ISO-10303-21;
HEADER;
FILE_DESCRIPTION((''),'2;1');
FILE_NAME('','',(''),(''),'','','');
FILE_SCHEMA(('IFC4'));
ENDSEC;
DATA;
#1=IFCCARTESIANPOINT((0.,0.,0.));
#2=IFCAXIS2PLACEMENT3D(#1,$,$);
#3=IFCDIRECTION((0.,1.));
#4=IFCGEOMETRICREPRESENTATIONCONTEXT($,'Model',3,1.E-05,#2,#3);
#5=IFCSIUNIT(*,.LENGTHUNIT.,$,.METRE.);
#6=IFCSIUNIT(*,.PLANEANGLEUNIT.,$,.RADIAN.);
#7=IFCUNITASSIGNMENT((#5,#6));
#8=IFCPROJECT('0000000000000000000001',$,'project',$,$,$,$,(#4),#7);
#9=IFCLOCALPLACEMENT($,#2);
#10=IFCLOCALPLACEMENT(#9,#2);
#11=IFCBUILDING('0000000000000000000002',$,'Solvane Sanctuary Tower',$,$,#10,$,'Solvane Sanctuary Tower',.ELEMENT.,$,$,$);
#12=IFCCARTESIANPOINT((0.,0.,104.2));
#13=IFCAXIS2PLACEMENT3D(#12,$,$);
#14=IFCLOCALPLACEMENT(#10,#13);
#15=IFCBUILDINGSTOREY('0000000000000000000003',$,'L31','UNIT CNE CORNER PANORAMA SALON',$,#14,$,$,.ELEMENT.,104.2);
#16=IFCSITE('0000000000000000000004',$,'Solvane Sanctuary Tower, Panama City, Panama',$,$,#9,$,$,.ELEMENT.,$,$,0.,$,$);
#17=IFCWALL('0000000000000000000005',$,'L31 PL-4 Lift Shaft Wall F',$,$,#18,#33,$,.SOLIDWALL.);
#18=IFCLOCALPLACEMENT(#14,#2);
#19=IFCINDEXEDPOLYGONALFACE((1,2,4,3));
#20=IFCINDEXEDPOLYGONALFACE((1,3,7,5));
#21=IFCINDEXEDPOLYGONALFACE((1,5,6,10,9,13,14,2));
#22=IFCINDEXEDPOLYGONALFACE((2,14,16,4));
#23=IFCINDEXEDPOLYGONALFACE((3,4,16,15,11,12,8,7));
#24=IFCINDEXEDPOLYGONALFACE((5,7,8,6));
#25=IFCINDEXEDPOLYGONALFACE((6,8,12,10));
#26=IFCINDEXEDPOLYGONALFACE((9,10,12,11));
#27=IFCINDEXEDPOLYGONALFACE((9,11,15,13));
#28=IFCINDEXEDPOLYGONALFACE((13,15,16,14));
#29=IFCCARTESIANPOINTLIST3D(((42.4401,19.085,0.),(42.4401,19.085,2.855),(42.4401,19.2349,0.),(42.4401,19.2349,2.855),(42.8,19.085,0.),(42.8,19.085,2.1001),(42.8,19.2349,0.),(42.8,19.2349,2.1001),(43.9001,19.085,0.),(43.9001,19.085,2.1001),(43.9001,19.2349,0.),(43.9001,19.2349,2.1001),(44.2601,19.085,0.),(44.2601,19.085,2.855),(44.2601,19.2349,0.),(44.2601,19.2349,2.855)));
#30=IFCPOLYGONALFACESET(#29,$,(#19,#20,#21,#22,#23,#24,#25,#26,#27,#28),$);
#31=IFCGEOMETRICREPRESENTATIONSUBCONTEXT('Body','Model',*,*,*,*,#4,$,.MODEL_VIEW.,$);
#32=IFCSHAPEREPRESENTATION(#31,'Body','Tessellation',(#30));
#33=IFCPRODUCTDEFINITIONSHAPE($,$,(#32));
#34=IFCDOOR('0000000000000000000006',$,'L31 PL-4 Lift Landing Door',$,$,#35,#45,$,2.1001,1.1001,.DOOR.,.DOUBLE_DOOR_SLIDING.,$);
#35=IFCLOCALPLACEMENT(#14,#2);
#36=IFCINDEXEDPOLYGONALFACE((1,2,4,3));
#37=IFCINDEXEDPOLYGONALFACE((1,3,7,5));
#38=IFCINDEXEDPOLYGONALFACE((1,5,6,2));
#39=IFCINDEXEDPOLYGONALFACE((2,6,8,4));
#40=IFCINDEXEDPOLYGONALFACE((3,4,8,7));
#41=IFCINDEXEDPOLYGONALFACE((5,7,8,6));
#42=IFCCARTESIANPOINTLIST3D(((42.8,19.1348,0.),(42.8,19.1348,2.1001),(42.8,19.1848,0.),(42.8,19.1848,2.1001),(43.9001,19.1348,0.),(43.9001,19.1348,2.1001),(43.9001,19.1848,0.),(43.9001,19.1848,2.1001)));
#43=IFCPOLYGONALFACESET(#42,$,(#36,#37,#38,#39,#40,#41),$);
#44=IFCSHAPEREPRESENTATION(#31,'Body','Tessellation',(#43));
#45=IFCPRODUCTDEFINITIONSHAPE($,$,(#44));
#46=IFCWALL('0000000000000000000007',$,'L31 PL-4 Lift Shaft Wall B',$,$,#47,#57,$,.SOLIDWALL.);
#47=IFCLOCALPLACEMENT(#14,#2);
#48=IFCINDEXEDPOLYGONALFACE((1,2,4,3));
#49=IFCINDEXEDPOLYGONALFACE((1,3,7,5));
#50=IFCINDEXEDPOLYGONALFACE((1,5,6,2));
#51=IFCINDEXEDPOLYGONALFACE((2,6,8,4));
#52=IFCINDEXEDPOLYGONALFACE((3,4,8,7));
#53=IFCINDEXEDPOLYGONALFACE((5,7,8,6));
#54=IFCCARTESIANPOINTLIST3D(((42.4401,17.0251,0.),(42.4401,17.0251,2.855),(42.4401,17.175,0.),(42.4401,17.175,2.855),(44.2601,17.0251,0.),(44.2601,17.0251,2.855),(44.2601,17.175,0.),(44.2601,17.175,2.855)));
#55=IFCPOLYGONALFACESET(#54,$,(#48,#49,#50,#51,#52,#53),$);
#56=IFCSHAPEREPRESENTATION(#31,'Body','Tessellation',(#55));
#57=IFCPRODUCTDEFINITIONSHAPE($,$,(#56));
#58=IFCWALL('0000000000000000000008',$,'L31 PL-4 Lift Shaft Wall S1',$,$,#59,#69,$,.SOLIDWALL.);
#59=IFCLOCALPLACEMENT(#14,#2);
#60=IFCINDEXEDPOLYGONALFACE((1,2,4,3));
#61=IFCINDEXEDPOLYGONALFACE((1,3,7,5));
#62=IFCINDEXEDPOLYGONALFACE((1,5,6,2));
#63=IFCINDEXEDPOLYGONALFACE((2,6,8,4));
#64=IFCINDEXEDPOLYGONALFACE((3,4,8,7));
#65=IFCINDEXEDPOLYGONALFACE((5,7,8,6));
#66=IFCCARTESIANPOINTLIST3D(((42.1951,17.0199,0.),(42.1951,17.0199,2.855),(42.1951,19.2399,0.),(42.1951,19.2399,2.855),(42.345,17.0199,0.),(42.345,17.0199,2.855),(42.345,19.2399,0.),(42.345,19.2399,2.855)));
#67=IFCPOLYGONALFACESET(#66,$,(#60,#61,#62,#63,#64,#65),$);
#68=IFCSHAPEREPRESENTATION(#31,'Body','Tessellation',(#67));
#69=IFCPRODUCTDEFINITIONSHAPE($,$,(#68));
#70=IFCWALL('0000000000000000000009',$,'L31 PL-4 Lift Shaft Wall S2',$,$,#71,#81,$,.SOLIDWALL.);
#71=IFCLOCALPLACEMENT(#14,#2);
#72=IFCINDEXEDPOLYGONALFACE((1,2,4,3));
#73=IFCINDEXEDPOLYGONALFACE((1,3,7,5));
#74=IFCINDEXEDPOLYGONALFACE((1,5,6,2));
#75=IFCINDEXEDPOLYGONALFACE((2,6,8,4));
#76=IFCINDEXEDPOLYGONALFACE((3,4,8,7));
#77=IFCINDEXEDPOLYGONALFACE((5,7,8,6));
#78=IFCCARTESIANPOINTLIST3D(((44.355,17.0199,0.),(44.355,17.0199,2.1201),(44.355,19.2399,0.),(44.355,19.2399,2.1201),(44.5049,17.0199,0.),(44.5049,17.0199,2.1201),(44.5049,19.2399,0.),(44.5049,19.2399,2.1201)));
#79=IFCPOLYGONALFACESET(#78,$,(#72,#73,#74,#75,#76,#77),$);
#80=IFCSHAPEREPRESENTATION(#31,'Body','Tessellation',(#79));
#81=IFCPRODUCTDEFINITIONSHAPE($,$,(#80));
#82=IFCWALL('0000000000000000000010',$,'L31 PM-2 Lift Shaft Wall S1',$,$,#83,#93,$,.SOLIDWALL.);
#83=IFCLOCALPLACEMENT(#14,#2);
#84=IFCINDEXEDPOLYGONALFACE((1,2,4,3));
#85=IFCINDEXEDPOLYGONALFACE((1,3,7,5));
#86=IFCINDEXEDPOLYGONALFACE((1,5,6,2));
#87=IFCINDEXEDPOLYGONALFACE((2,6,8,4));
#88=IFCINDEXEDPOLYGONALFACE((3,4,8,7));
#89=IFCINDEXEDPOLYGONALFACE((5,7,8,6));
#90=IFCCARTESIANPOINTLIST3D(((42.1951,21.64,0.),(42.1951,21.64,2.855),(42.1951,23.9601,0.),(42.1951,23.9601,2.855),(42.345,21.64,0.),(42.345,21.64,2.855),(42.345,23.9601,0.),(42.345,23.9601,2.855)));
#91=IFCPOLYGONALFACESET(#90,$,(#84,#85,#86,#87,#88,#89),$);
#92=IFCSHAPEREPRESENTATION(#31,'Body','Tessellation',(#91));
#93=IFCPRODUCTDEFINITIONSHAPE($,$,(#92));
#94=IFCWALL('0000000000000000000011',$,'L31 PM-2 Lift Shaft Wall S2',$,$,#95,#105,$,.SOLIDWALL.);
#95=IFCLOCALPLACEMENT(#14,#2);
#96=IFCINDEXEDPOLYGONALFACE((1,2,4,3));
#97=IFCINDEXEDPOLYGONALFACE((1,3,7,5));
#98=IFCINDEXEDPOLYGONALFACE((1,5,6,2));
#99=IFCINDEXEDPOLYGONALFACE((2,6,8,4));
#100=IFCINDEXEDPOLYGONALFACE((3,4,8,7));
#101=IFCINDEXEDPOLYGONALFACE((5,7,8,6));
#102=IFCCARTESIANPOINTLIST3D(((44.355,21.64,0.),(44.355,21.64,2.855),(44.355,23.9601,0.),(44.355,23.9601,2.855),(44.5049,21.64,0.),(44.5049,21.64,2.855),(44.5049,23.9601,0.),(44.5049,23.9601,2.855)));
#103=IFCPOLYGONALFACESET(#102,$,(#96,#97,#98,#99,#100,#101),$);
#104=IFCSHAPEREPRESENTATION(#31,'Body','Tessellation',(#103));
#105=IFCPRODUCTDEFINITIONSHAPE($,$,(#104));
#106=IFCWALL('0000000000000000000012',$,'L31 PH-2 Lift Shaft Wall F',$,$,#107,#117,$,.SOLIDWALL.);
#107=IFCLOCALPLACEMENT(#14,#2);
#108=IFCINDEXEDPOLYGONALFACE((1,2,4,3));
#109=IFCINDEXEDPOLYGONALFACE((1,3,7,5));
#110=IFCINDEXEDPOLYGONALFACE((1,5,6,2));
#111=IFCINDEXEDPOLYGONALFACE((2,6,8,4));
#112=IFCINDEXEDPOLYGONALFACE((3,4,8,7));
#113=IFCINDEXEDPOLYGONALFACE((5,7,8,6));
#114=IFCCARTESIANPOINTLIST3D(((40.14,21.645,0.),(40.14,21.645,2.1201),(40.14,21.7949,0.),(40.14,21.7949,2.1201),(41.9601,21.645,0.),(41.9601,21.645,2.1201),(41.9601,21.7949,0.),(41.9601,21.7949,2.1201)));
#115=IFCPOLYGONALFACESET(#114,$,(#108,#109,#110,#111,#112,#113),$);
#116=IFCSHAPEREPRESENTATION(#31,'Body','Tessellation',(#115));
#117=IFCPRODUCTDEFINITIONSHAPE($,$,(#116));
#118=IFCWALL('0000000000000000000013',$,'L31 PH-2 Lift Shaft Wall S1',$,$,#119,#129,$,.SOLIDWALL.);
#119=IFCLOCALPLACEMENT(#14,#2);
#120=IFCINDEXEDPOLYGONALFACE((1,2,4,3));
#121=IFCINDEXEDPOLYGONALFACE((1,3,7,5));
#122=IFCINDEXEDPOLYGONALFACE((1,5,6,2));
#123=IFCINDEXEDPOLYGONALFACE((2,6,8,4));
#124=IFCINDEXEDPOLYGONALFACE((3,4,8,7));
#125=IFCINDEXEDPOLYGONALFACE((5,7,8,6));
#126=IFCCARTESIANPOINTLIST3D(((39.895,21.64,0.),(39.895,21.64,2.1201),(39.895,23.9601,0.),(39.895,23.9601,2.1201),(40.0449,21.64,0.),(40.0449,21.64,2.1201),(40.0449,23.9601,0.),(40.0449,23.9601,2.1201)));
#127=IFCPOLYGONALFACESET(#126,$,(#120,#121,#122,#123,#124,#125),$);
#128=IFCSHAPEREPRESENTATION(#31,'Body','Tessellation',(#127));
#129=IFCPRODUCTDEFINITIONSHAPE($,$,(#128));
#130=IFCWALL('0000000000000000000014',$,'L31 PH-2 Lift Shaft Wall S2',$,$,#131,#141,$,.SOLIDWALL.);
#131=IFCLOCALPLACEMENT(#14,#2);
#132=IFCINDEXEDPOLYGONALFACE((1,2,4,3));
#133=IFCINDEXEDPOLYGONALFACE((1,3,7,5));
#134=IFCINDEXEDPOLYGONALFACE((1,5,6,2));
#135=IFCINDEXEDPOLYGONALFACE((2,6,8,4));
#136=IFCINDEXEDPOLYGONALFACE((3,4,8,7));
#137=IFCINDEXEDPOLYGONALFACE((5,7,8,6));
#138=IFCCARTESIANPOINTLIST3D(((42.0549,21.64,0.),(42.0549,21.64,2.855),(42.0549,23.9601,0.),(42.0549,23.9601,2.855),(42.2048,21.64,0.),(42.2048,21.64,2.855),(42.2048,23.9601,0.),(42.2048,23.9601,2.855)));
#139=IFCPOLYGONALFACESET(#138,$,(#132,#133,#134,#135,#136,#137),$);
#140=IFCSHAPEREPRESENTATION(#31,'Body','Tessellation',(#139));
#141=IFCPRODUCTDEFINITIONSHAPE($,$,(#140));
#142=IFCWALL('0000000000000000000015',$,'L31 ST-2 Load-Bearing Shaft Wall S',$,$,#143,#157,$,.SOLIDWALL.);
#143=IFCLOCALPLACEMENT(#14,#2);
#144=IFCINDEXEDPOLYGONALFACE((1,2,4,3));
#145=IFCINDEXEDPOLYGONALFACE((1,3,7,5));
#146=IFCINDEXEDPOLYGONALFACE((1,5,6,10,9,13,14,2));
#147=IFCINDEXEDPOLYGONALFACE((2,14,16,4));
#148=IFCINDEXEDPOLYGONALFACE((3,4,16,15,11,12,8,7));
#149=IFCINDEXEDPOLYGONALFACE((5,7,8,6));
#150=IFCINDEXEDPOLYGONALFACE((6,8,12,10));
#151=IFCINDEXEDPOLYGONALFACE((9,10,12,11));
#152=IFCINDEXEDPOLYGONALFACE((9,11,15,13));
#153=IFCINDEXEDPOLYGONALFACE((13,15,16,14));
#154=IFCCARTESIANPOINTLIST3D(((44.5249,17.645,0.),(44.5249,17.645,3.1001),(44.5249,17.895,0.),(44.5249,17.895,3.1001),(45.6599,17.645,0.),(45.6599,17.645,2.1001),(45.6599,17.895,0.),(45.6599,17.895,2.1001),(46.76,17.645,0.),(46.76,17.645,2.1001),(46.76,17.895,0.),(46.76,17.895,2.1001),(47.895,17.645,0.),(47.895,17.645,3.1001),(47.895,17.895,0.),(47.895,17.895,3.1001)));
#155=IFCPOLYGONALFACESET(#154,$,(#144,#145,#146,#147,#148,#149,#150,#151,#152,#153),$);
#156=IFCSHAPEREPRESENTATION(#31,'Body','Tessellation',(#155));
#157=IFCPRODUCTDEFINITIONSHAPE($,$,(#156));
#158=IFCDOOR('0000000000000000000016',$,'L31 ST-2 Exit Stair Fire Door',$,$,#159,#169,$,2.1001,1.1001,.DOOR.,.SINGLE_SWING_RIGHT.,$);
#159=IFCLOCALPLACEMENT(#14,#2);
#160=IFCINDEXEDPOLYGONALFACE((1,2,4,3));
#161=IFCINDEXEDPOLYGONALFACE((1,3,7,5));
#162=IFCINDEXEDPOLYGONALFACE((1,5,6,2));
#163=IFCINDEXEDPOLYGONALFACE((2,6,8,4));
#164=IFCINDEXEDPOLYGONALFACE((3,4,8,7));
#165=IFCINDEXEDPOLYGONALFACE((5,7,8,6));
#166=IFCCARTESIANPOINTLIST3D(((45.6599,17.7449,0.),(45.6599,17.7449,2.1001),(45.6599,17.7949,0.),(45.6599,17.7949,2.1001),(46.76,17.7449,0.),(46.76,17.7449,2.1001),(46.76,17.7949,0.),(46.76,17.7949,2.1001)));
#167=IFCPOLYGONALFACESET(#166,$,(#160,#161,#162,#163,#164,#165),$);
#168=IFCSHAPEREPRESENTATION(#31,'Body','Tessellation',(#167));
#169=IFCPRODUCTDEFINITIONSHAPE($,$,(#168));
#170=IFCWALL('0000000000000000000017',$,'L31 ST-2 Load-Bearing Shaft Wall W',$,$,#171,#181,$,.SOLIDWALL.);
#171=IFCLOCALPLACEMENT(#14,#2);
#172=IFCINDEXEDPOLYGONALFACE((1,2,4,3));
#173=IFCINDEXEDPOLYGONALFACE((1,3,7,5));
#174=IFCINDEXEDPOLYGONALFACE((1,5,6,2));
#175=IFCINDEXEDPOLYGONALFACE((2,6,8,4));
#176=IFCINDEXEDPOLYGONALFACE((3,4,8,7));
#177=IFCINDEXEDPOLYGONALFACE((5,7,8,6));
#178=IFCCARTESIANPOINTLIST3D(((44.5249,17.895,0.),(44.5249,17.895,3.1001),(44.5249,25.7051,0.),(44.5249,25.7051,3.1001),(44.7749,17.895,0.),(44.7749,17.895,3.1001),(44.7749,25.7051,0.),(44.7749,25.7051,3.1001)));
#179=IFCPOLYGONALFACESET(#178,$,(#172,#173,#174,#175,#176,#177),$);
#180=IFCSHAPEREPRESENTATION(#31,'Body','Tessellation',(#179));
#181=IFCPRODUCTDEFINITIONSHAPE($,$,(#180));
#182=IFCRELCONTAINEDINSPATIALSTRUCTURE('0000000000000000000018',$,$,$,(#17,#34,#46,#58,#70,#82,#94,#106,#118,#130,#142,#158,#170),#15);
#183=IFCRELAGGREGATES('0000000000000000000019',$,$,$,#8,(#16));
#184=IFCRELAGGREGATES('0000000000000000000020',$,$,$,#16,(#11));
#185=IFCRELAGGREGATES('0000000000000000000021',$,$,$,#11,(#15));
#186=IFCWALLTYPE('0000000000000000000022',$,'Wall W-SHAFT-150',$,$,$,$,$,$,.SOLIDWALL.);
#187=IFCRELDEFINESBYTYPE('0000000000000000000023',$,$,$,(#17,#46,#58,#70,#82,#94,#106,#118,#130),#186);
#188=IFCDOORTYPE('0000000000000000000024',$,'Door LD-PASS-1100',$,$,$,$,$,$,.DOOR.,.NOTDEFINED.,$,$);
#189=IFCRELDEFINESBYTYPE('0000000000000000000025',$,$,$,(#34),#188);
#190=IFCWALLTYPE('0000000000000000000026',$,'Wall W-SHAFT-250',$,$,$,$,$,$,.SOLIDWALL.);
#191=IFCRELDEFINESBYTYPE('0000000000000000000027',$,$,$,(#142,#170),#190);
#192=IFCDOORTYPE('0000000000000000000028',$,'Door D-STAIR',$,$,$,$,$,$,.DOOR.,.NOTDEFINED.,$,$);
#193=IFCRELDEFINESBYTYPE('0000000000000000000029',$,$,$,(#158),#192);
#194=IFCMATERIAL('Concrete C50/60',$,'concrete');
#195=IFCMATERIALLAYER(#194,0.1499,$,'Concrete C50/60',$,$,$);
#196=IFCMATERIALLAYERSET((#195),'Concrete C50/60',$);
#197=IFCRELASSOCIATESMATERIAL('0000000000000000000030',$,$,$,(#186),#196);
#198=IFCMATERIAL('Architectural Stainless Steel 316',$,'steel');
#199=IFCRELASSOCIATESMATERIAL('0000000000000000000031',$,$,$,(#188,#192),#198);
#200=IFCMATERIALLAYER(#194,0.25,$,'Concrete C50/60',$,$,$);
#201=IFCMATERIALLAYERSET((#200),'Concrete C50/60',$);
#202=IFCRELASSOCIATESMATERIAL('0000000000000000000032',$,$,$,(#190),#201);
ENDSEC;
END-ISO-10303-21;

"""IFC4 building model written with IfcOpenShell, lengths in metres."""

from ifc_helpers import new_model, si_unit, direction, frame, frame_2d, origin, place, context, subcontext, project, spatial, rectangle, extrude, material, layer, layer_set, type_object, element, fill, save


model = new_model("IFC4")

# Units and contexts
model_context = context("Model", 3, precision=1e-05, world=origin(), true_north=direction((0.0, 1.0)))
body_context = subcontext(model_context, "Body", "Model", "MODEL_VIEW")
ifc_project = project(units=[si_unit("LENGTHUNIT", "METRE"), si_unit("PLANEANGLEUNIT", "RADIAN")], contexts=[model_context])

# Site, building, storey
site_placement = place(None, origin())
site = spatial("IfcSite", under=ifc_project, at=site_placement, Name="Solvane Sanctuary Tower, Panama City, Panama", CompositionType="ELEMENT", RefElevation=0.0)
building_placement = place(site_placement, origin())
building = spatial("IfcBuilding", under=site, at=building_placement, Name="Solvane Sanctuary Tower", LongName="Solvane Sanctuary Tower", CompositionType="ELEMENT")
storey_placement = place(building_placement, frame((0.0, 0.0, 104.2)))
storey = spatial("IfcBuildingStorey", under=building, at=storey_placement, Name="L31", Description="UNIT CNE CORNER PANORAMA SALON", CompositionType="ELEMENT", Elevation=104.2)

# Shared definitions
ifc_material_1 = material(Name="Concrete C50/60", Category="concrete")
ifc_layer_1 = layer(ifc_material_1, 0.1499, Name="Concrete C50/60")
ifc_layer_set_1 = layer_set([ifc_layer_1], Name="Concrete C50/60")
wall_type_1 = type_object("IfcWallType", Name="Wall W-SHAFT-150", PredefinedType="SOLIDWALL", material=ifc_layer_set_1)
ifc_material_2 = material(Name="Architectural Stainless Steel 316", Category="steel")
door_type_1 = type_object("IfcDoorType", Name="Door LD-PASS-1100", OperationType="NOTDEFINED", PredefinedType="DOOR", material=ifc_material_2)

# Wall, opening, door
wall_1_placement = place(storey_placement, frame((42.4399, 19.1599, 0.0), z_axis=(0.0, 0.0, 1.0), x_axis=(1.0, 0.0, 0.0)))
wall_1 = element("IfcWall", 1, at=wall_1_placement, inside=storey, type_object=wall_type_1, Name="L31 PL-4 Lift Shaft Wall F", PredefinedType="SOLIDWALL", context=body_context, shape_type="SweptSolid", body=[
    extrude(rectangle(XDim=1.8201, YDim=0.1499, at=frame_2d((0.9102, 0.0))), origin(), (0.0, 0.0, 1.0), 2.855),
])
opening_1_placement = place(wall_1_placement, frame((0.3601, 0.0, 0.0)))
opening_1 = element("IfcOpeningElement", 2, at=opening_1_placement, cuts=wall_1, PredefinedType="OPENING", context=body_context, shape_type="SweptSolid", body=[
    extrude(rectangle(XDim=1.1001, YDim=2.1001, at=frame_2d((0.55, 1.05))), frame((0.0, 0.085, 0.0), z_axis=(0.0, -1.0, 0.0), x_axis=(1.0, 0.0, 0.0)), (0.0, 0.0, 1.0), 0.1699),
])
door_1_placement = place(opening_1_placement, origin())
door_1 = element("IfcDoor", 3, at=door_1_placement, inside=storey, type_object=door_type_1, Name="L31 PL-4 Lift Landing Door", OperationType="DOUBLE_DOOR_SLIDING", OverallHeight=2.1001, OverallWidth=1.1001, PredefinedType="DOOR", context=body_context, shape_type="SweptSolid", body=[
    extrude(rectangle(XDim=1.1001, YDim=2.1001, at=frame_2d((0.55, 1.05))), frame((0.0, 0.0249, 0.0), z_axis=(0.0, -1.0, 0.0), x_axis=(1.0, 0.0, 0.0)), (0.0, 0.0, 1.0), 0.05),
])
fill(opening_1, door_1)

# Walls
wall_2_placement = place(storey_placement, frame((42.4399, 17.1001, 0.0), z_axis=(0.0, 0.0, 1.0), x_axis=(1.0, 0.0, 0.0)))
element("IfcWall", 4, at=wall_2_placement, inside=storey, type_object=wall_type_1, Name="L31 PL-4 Lift Shaft Wall B", PredefinedType="SOLIDWALL", context=body_context, shape_type="SweptSolid", body=[
    extrude(rectangle(XDim=1.8201, YDim=0.1499, at=frame_2d((0.9102, 0.0))), origin(), (0.0, 0.0, 1.0), 2.855),
])
wall_3_placement = place(storey_placement, frame((42.27, 17.02, 0.0), z_axis=(0.0, 0.0, 1.0), x_axis=(0.0, 1.0, 0.0)))
element("IfcWall", 5, at=wall_3_placement, inside=storey, type_object=wall_type_1, Name="L31 PL-4 Lift Shaft Wall S1", PredefinedType="SOLIDWALL", context=body_context, shape_type="SweptSolid", body=[
    extrude(rectangle(XDim=2.22, YDim=0.1499, at=frame_2d((1.1099, 0.0))), origin(), (0.0, 0.0, 1.0), 2.855),
])
wall_4_placement = place(storey_placement, frame((44.4299, 17.02, 0.0), z_axis=(0.0, 0.0, 1.0), x_axis=(0.0, 1.0, 0.0)))
element("IfcWall", 6, at=wall_4_placement, inside=storey, type_object=wall_type_1, Name="L31 PL-4 Lift Shaft Wall S2", PredefinedType="SOLIDWALL", context=body_context, shape_type="SweptSolid", body=[
    extrude(rectangle(XDim=2.22, YDim=0.1499, at=frame_2d((1.1099, 0.0))), origin(), (0.0, 0.0, 1.0), 2.1201),
])
for number, where, z_axis, x_axis, name in (
    (7, (42.27, 21.6399, 0.0), (0.0, 0.0, 1.0), (0.0, 1.0, 0.0), "L31 PM-2 Lift Shaft Wall S1"),
    (8, (44.4299, 21.6399, 0.0), (0.0, 0.0, 1.0), (0.0, 1.0, 0.0), "L31 PM-2 Lift Shaft Wall S2"),
):
    element("IfcWall", number, at=place(storey_placement, frame(where, z_axis=z_axis, x_axis=x_axis)), inside=storey, type_object=wall_type_1, Name=name, PredefinedType="SOLIDWALL", context=body_context, shape_type="SweptSolid", body=[
        extrude(rectangle(XDim=2.3201, YDim=0.1499, at=frame_2d((1.1602, 0.0))), origin(), (0.0, 0.0, 1.0), 2.855),
    ])
wall_5_placement = place(storey_placement, frame((40.1399, 21.72, 0.0), z_axis=(0.0, 0.0, 1.0), x_axis=(1.0, 0.0, 0.0)))
element("IfcWall", 9, at=wall_5_placement, inside=storey, type_object=wall_type_1, Name="L31 PH-2 Lift Shaft Wall F", PredefinedType="SOLIDWALL", context=body_context, shape_type="SweptSolid", body=[
    extrude(rectangle(XDim=1.8201, YDim=0.1499, at=frame_2d((0.9102, 0.0))), origin(), (0.0, 0.0, 1.0), 2.1201),
])
wall_6_placement = place(storey_placement, frame((39.97, 21.6399, 0.0), z_axis=(0.0, 0.0, 1.0), x_axis=(0.0, 1.0, 0.0)))
element("IfcWall", 10, at=wall_6_placement, inside=storey, type_object=wall_type_1, Name="L31 PH-2 Lift Shaft Wall S1", PredefinedType="SOLIDWALL", context=body_context, shape_type="SweptSolid", body=[
    extrude(rectangle(XDim=2.3201, YDim=0.1499, at=frame_2d((1.1602, 0.0))), origin(), (0.0, 0.0, 1.0), 2.1201),
])
wall_7_placement = place(storey_placement, frame((42.1299, 21.6399, 0.0), z_axis=(0.0, 0.0, 1.0), x_axis=(0.0, 1.0, 0.0)))
element("IfcWall", 11, at=wall_7_placement, inside=storey, type_object=wall_type_1, Name="L31 PH-2 Lift Shaft Wall S2", PredefinedType="SOLIDWALL", context=body_context, shape_type="SweptSolid", body=[
    extrude(rectangle(XDim=2.3201, YDim=0.1499, at=frame_2d((1.1602, 0.0))), origin(), (0.0, 0.0, 1.0), 2.855),
])

# Wall, opening, door
ifc_layer_2 = layer(ifc_material_1, 0.25, Name="Concrete C50/60")
ifc_layer_set_2 = layer_set([ifc_layer_2], Name="Concrete C50/60")
wall_type_2 = type_object("IfcWallType", Name="Wall W-SHAFT-250", PredefinedType="SOLIDWALL", material=ifc_layer_set_2)
wall_8_placement = place(storey_placement, frame((44.5249, 17.77, 0.0), z_axis=(0.0, 0.0, 1.0), x_axis=(1.0, 0.0, 0.0)))
wall_8 = element("IfcWall", 12, at=wall_8_placement, inside=storey, type_object=wall_type_2, Name="L31 ST-2 Load-Bearing Shaft Wall S", PredefinedType="SOLIDWALL", context=body_context, shape_type="SweptSolid", body=[
    extrude(rectangle(XDim=3.3701, YDim=0.25, at=frame_2d((1.6851, 0.0))), origin(), (0.0, 0.0, 1.0), 3.1001),
])
opening_2_placement = place(wall_8_placement, frame((1.135, 0.0, 0.0)))
opening_2 = element("IfcOpeningElement", 13, at=opening_2_placement, cuts=wall_8, PredefinedType="OPENING", context=body_context, shape_type="SweptSolid", body=[
    extrude(rectangle(XDim=1.1001, YDim=2.1001, at=frame_2d((0.55, 1.05))), frame((0.0, 0.135, 0.0), z_axis=(0.0, -1.0, 0.0), x_axis=(1.0, 0.0, 0.0)), (0.0, 0.0, 1.0), 0.27),
])
door_type_2 = type_object("IfcDoorType", Name="Door D-STAIR", OperationType="NOTDEFINED", PredefinedType="DOOR", material=ifc_material_2)
door_2_placement = place(opening_2_placement, origin())
door_2 = element("IfcDoor", 14, at=door_2_placement, inside=storey, type_object=door_type_2, Name="L31 ST-2 Exit Stair Fire Door", OperationType="SINGLE_SWING_RIGHT", OverallHeight=2.1001, OverallWidth=1.1001, PredefinedType="DOOR", context=body_context, shape_type="SweptSolid", body=[
    extrude(rectangle(XDim=1.1001, YDim=2.1001, at=frame_2d((0.55, 1.05))), frame((0.0, 0.0249, 0.0), z_axis=(0.0, -1.0, 0.0), x_axis=(1.0, 0.0, 0.0)), (0.0, 0.0, 1.0), 0.05),
])
fill(opening_2, door_2)

# Wall
wall_9_placement = place(storey_placement, frame((44.6499, 17.895, 0.0), z_axis=(0.0, 0.0, 1.0), x_axis=(0.0, 1.0, 0.0)))
element("IfcWall", 15, at=wall_9_placement, inside=storey, type_object=wall_type_2, Name="L31 ST-2 Load-Bearing Shaft Wall W", PredefinedType="SOLIDWALL", context=body_context, shape_type="SweptSolid", body=[
    extrude(rectangle(XDim=7.8101, YDim=0.25, at=frame_2d((3.905, 0.0))), origin(), (0.0, 0.0, 1.0), 3.1001),
])

save(model, "model.ifc")
